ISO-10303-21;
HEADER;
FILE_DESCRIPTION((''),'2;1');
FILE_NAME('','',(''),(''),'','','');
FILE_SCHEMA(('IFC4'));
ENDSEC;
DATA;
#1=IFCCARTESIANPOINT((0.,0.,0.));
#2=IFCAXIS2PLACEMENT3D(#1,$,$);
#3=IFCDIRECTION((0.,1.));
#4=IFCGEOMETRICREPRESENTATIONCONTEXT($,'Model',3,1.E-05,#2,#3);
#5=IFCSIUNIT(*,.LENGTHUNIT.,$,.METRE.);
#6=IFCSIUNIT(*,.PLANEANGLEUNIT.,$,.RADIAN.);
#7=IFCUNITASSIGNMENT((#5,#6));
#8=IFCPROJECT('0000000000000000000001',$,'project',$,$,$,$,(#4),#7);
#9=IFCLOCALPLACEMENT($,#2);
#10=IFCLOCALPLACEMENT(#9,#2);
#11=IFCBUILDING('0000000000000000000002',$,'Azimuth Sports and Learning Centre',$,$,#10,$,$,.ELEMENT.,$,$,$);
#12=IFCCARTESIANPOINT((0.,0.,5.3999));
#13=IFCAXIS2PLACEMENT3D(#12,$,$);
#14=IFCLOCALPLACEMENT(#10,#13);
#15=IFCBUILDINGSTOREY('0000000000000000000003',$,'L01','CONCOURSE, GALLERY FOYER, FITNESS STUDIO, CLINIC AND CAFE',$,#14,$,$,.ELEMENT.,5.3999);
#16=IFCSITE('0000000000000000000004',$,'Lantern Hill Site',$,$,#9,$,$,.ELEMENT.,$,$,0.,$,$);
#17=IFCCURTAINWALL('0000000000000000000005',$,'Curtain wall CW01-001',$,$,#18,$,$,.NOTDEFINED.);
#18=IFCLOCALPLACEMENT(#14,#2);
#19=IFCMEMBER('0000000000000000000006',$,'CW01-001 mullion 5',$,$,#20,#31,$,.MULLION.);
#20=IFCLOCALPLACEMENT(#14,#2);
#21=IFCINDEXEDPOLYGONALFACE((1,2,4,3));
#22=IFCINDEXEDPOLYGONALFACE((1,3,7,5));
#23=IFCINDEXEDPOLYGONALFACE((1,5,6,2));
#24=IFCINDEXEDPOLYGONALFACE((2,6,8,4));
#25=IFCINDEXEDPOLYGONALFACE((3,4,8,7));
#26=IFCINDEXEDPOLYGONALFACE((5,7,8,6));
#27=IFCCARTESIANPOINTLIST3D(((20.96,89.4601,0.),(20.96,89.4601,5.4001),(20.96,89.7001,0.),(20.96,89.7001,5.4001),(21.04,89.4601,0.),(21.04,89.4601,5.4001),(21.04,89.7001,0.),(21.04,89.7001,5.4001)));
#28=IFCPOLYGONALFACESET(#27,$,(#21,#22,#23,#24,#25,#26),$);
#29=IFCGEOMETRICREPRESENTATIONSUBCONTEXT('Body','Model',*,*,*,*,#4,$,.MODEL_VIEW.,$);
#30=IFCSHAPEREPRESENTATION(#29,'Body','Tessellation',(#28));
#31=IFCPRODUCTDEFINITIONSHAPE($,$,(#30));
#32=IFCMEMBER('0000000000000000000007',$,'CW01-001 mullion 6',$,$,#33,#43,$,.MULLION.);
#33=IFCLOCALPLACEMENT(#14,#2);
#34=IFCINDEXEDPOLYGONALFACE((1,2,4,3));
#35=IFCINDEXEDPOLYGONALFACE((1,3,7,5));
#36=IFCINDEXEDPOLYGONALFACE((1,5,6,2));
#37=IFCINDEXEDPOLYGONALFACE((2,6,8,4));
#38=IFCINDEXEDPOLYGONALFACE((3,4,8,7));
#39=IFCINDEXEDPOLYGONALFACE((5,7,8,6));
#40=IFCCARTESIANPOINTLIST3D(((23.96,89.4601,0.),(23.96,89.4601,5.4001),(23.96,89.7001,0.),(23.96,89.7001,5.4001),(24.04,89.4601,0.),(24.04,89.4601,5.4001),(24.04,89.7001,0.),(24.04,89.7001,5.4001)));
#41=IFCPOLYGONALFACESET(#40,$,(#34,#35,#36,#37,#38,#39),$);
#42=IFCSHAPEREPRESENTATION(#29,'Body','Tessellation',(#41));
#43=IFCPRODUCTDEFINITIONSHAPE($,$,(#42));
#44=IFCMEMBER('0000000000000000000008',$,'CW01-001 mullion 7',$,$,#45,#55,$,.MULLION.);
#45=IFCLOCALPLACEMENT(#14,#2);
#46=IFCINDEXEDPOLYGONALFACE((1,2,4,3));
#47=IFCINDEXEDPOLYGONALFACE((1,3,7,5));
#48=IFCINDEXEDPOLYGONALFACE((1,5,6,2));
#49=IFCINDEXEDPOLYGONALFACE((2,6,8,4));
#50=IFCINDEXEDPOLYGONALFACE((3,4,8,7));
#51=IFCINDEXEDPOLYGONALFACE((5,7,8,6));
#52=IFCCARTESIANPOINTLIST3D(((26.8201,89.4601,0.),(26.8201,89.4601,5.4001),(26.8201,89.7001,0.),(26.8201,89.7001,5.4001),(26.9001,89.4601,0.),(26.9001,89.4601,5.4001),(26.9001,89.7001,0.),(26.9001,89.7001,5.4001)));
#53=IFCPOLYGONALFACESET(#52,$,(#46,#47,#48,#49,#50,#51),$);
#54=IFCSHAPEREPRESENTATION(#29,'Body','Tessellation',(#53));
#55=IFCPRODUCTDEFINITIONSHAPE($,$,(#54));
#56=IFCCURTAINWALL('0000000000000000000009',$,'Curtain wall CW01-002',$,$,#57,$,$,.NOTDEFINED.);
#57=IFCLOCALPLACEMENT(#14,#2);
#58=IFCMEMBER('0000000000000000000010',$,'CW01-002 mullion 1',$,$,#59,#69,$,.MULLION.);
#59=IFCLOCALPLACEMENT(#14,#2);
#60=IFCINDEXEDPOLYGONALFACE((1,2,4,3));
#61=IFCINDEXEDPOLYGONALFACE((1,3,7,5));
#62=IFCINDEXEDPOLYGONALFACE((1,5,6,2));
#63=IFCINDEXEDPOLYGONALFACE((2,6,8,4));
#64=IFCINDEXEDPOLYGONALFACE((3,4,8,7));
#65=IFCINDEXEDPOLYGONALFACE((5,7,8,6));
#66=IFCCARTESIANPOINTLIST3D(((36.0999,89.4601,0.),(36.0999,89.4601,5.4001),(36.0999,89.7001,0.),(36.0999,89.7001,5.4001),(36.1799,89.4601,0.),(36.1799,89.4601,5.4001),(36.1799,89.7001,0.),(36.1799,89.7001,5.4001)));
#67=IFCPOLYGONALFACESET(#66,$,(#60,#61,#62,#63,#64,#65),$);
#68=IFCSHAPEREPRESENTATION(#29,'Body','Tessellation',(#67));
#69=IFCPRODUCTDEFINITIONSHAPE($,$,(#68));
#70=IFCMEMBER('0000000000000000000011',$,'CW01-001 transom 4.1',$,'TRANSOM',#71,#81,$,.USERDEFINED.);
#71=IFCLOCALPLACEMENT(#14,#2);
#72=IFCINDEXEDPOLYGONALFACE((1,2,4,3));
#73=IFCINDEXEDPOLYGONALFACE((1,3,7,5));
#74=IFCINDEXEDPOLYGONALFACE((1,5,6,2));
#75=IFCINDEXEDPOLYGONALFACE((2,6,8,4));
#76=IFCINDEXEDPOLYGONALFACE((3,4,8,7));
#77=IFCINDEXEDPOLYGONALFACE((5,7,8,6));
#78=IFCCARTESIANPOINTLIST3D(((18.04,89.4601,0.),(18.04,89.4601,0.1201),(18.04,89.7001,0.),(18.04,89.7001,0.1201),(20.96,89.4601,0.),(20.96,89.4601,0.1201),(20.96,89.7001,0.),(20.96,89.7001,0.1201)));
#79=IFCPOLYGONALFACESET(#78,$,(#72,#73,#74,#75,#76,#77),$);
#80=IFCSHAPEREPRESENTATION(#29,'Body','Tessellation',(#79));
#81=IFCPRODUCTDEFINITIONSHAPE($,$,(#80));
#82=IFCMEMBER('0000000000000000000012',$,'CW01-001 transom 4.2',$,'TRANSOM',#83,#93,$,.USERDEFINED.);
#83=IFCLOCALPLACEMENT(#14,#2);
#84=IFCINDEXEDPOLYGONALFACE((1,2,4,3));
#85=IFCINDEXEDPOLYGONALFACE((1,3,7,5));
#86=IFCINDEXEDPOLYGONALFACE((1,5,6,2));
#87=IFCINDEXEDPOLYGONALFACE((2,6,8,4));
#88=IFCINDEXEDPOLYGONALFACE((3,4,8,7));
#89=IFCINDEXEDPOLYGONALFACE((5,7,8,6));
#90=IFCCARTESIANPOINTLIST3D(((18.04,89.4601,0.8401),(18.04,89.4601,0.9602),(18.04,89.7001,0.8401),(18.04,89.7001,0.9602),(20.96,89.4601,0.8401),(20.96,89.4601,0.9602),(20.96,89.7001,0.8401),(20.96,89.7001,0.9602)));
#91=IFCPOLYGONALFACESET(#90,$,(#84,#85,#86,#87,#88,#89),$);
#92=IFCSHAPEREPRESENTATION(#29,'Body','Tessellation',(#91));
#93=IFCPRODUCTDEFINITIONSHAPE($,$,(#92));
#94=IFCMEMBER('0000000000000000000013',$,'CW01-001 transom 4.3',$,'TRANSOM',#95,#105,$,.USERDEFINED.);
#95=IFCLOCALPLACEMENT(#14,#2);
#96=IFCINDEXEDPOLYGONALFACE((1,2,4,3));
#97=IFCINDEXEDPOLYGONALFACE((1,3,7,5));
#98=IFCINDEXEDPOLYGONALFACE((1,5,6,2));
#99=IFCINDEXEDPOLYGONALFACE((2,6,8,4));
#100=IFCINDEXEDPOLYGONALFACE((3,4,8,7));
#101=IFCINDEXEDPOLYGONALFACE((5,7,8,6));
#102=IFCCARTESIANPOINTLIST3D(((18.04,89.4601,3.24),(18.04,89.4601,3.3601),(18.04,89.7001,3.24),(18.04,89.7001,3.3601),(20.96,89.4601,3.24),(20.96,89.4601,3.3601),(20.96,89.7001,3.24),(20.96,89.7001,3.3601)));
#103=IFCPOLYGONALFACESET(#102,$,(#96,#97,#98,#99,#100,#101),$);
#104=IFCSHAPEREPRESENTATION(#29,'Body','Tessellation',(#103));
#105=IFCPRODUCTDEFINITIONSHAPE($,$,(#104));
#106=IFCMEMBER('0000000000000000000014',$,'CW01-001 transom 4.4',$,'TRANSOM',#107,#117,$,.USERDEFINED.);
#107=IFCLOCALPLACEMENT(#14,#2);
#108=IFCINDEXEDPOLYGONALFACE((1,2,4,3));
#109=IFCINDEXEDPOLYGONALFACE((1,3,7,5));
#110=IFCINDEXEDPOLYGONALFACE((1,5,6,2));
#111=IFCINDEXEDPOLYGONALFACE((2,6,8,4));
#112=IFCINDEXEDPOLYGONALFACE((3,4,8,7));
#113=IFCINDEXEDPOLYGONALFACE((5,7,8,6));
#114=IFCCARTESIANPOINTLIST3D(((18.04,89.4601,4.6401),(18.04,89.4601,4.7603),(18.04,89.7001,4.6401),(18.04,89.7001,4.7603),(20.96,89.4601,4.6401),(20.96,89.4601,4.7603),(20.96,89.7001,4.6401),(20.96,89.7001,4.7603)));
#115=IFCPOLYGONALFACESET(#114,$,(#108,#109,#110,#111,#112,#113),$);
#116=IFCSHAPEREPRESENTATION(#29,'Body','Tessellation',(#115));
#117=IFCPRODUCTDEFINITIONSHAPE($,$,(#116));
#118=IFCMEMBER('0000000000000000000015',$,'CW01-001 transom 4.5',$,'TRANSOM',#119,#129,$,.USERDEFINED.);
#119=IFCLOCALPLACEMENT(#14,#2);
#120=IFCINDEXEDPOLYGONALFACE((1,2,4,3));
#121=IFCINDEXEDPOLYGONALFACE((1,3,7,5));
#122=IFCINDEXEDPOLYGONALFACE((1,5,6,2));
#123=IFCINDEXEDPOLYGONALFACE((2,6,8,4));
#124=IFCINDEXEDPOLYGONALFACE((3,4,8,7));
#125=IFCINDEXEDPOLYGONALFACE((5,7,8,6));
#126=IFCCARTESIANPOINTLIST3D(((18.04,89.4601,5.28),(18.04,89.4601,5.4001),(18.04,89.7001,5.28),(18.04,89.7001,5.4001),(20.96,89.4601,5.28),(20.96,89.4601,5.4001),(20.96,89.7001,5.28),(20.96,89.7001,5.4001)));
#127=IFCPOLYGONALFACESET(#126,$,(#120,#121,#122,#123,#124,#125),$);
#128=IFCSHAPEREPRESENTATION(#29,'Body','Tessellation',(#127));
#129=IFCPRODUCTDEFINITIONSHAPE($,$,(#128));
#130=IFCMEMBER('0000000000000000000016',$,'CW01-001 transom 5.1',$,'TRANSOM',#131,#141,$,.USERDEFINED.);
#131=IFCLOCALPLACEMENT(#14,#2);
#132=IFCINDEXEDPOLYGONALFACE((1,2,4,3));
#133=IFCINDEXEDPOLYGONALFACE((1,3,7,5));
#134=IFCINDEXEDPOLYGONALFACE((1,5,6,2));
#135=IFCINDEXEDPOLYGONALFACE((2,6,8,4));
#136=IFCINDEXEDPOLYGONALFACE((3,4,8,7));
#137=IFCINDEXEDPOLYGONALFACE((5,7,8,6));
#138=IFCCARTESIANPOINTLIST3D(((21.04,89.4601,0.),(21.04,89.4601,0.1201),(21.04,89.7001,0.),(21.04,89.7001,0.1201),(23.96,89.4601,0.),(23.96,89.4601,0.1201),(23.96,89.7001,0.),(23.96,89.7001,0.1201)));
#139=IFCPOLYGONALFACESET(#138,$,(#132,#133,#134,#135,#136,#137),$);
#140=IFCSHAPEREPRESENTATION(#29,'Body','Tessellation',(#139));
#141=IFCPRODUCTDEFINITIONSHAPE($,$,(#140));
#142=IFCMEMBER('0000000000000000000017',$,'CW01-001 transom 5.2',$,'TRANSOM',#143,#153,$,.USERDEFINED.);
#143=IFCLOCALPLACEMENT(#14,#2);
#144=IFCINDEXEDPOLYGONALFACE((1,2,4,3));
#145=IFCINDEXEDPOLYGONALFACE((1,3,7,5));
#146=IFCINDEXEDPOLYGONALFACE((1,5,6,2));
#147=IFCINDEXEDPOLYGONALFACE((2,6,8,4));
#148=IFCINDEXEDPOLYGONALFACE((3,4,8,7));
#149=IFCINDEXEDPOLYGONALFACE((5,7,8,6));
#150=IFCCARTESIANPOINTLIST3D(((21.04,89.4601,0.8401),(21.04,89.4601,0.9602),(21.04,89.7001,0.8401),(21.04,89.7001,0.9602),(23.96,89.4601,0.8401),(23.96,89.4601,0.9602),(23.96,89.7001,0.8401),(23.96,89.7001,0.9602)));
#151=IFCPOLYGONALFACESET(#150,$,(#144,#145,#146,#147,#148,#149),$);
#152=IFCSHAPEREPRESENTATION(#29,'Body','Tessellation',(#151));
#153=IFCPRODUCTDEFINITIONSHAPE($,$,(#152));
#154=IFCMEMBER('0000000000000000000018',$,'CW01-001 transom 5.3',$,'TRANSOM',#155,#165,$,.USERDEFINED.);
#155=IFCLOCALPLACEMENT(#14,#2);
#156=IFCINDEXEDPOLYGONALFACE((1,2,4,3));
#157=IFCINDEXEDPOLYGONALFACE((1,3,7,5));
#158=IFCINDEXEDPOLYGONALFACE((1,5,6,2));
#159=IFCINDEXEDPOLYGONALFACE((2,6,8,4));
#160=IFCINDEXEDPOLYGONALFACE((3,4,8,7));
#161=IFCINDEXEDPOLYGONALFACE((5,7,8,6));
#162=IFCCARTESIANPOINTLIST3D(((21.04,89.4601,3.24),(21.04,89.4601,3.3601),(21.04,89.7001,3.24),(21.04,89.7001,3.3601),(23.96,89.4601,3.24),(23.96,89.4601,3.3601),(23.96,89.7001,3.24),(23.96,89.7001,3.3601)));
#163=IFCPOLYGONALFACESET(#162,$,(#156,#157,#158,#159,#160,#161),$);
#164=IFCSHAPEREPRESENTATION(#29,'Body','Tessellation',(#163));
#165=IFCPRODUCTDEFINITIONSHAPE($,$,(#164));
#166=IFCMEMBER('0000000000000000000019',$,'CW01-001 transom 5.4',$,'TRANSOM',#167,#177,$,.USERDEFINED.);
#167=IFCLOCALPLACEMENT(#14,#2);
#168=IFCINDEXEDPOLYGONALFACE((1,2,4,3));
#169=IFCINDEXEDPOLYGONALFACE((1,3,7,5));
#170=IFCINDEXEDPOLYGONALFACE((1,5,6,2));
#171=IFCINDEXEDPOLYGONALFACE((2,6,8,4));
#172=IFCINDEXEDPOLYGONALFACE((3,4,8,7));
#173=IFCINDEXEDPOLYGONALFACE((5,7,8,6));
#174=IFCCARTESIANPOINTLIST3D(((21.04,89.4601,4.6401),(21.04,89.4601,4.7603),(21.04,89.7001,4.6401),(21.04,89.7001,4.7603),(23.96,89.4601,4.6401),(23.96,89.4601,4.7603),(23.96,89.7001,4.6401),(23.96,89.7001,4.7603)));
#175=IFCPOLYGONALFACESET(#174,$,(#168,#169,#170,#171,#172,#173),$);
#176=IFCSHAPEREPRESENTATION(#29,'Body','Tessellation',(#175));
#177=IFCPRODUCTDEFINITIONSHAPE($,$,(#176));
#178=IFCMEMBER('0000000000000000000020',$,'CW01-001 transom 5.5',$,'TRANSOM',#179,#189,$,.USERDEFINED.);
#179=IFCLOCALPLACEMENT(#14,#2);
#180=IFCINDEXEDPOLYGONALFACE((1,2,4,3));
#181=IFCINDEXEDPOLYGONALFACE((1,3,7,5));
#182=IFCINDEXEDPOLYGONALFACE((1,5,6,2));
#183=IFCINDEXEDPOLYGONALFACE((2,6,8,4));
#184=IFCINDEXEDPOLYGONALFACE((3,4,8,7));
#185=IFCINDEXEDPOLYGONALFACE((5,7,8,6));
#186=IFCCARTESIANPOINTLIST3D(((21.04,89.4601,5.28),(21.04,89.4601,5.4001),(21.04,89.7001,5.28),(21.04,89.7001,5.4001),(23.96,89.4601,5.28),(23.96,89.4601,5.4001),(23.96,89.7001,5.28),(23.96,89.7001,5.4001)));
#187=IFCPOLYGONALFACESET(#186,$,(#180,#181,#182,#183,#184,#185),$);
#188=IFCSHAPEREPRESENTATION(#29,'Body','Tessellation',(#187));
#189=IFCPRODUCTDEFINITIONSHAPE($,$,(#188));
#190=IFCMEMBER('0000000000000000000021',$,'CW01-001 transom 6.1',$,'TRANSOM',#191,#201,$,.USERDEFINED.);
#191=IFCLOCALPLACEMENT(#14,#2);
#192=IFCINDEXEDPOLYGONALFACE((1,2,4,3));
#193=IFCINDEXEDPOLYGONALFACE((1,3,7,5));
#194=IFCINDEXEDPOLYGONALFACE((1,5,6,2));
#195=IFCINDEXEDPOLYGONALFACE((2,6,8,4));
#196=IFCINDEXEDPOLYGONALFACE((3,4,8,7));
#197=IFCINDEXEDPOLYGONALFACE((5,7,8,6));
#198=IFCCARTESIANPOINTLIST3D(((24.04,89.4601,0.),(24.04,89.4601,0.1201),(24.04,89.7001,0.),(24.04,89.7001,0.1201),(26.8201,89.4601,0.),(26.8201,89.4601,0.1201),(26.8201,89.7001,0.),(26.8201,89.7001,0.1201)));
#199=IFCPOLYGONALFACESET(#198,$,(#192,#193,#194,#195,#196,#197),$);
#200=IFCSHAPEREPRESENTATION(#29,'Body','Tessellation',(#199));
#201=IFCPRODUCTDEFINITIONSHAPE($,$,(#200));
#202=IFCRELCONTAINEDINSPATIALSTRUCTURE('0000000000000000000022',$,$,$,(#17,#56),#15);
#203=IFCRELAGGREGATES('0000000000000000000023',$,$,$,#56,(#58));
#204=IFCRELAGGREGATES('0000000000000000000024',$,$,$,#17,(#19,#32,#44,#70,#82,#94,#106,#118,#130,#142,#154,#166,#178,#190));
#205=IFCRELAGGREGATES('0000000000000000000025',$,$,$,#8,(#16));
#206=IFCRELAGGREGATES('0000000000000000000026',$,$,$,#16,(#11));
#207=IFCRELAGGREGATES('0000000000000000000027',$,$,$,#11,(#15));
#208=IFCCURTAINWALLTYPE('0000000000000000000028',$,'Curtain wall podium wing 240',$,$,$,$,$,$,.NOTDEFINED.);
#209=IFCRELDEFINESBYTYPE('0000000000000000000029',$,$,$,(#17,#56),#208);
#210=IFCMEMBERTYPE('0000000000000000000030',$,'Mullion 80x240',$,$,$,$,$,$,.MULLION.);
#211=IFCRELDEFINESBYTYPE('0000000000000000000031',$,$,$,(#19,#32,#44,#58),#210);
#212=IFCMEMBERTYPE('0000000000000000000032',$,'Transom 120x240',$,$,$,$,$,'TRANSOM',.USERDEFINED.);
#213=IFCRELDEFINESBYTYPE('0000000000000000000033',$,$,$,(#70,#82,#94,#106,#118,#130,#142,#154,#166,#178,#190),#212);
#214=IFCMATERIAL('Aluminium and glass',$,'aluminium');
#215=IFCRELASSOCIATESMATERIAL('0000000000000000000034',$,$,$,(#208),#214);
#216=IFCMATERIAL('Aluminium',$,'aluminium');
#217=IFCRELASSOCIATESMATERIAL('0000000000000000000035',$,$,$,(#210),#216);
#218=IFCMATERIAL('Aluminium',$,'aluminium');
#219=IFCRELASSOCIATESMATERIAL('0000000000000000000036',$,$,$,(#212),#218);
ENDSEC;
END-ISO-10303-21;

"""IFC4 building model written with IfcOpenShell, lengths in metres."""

from ifc_helpers import new_model, si_unit, direction, frame, origin, origin_2d, place, context, subcontext, project, spatial, rectangle, extrude, material, material_profile, profile_set, type_object, element, aggregate, save


model = new_model("IFC4")

# Units and contexts
model_context = context("Model", 3, precision=1e-05, world=origin(), true_north=direction((0.0, 1.0)))
body_context = subcontext(model_context, "Body", "Model", "MODEL_VIEW")
ifc_project = project(units=[si_unit("LENGTHUNIT", "METRE"), si_unit("PLANEANGLEUNIT", "RADIAN")], contexts=[model_context])

# Site, building, storey
site_placement = place(None, origin())
site = spatial("IfcSite", under=ifc_project, at=site_placement, Name="Lantern Hill Site", CompositionType="ELEMENT", RefElevation=0.0)
building_placement = place(site_placement, origin())
building = spatial("IfcBuilding", under=site, at=building_placement, Name="Azimuth Sports and Learning Centre", CompositionType="ELEMENT")
storey_placement = place(building_placement, frame((0.0, 0.0, 5.3999)))
storey = spatial("IfcBuildingStorey", under=building, at=storey_placement, Name="L01", Description="CONCOURSE, GALLERY FOYER, FITNESS STUDIO, CLINIC AND CAFE", CompositionType="ELEMENT", Elevation=5.3999)

# Curtain wall, members
ifc_material_1 = material(Name="Aluminium and glass", Category="aluminium")
curtain_wall_type = type_object("IfcCurtainWallType", Name="Curtain wall podium wing 240", PredefinedType="NOTDEFINED", material=ifc_material_1)
curtain_wall_1_placement = place(storey_placement, origin())
curtain_wall_1 = element("IfcCurtainWall", 1, at=curtain_wall_1_placement, inside=storey, type_object=curtain_wall_type, Name="Curtain wall CW01-001", PredefinedType="NOTDEFINED")
ifc_material_2 = material(Name="Aluminium", Category="aluminium")
ifc_material_profile_1 = material_profile(ifc_material_2, rectangle(XDim=0.24, YDim=0.0801, at=origin_2d()), Name="Mullion 80x240")
ifc_profile_set_1 = profile_set([ifc_material_profile_1], Name="Aluminium")
member_type_1 = type_object("IfcMemberType", Name="Mullion 80x240", PredefinedType="MULLION", material=ifc_profile_set_1)
member_1_placement = place(storey_placement, frame((21.0, 89.5801, 0.0), z_axis=(0.0, 0.0, 1.0), x_axis=(0.0, 1.0, 0.0)))
member_1 = element("IfcMember", 2, at=member_1_placement, type_object=member_type_1, Name="CW01-001 mullion 5", PredefinedType="MULLION", context=body_context, shape_type="SweptSolid", body=[
    extrude(rectangle(XDim=0.24, YDim=0.0801, at=origin_2d()), origin(), (0.0, 0.0, 1.0), 5.4001),
])
member_2_placement = place(storey_placement, frame((24.0, 89.5801, 0.0), z_axis=(0.0, 0.0, 1.0), x_axis=(0.0, 1.0, 0.0)))
member_2 = element("IfcMember", 3, at=member_2_placement, type_object=member_type_1, Name="CW01-001 mullion 6", PredefinedType="MULLION", context=body_context, shape_type="SweptSolid", body=[
    extrude(rectangle(XDim=0.24, YDim=0.0801, at=origin_2d()), origin(), (0.0, 0.0, 1.0), 5.4001),
])
member_3_placement = place(storey_placement, frame((26.8601, 89.5801, 0.0), z_axis=(0.0, 0.0, 1.0), x_axis=(0.0, 1.0, 0.0)))
member_3 = element("IfcMember", 4, at=member_3_placement, type_object=member_type_1, Name="CW01-001 mullion 7", PredefinedType="MULLION", context=body_context, shape_type="SweptSolid", body=[
    extrude(rectangle(XDim=0.24, YDim=0.0801, at=origin_2d()), origin(), (0.0, 0.0, 1.0), 5.4001),
])

# Curtain wall, member
curtain_wall_2_placement = place(storey_placement, origin())
curtain_wall_2 = element("IfcCurtainWall", 5, at=curtain_wall_2_placement, inside=storey, type_object=curtain_wall_type, Name="Curtain wall CW01-002", PredefinedType="NOTDEFINED")
member_4_placement = place(storey_placement, frame((36.1399, 89.5801, 0.0), z_axis=(0.0, 0.0, 1.0), x_axis=(0.0, 1.0, 0.0)))
member_4 = element("IfcMember", 6, at=member_4_placement, type_object=member_type_1, Name="CW01-002 mullion 1", PredefinedType="MULLION", context=body_context, shape_type="SweptSolid", body=[
    extrude(rectangle(XDim=0.24, YDim=0.0801, at=origin_2d()), origin(), (0.0, 0.0, 1.0), 5.4001),
])
aggregate(curtain_wall_2, [member_4])

# Members
ifc_material_3 = material(Name="Aluminium", Category="aluminium")
ifc_material_profile_2 = material_profile(ifc_material_3, rectangle(XDim=0.24, YDim=0.1201, at=origin_2d()), Name="Transom 120x240")
ifc_profile_set_2 = profile_set([ifc_material_profile_2], Name="Aluminium")
member_type_2 = type_object("IfcMemberType", Name="Transom 120x240", ElementType="TRANSOM", PredefinedType="USERDEFINED", material=ifc_profile_set_2)
member_5_placement = place(storey_placement, frame((18.04, 89.5801, 0.0601), z_axis=(1.0, 0.0, 0.0), x_axis=(0.0, 1.0, 0.0)))
member_5 = element("IfcMember", 7, at=member_5_placement, type_object=member_type_2, Name="CW01-001 transom 4.1", ObjectType="TRANSOM", PredefinedType="USERDEFINED", context=body_context, shape_type="SweptSolid", body=[
    extrude(rectangle(XDim=0.24, YDim=0.1201, at=origin_2d()), origin(), (0.0, 0.0, 1.0), 2.9199),
])
member_6_placement = place(storey_placement, frame((18.04, 89.5801, 0.9001), z_axis=(1.0, 0.0, 0.0), x_axis=(0.0, 1.0, 0.0)))
member_6 = element("IfcMember", 8, at=member_6_placement, type_object=member_type_2, Name="CW01-001 transom 4.2", ObjectType="TRANSOM", PredefinedType="USERDEFINED", context=body_context, shape_type="SweptSolid", body=[
    extrude(rectangle(XDim=0.24, YDim=0.1201, at=origin_2d()), origin(), (0.0, 0.0, 1.0), 2.9199),
])
member_7_placement = place(storey_placement, frame((18.04, 89.5801, 3.3), z_axis=(1.0, 0.0, 0.0), x_axis=(0.0, 1.0, 0.0)))
member_7 = element("IfcMember", 9, at=member_7_placement, type_object=member_type_2, Name="CW01-001 transom 4.3", ObjectType="TRANSOM", PredefinedType="USERDEFINED", context=body_context, shape_type="SweptSolid", body=[
    extrude(rectangle(XDim=0.24, YDim=0.1201, at=origin_2d()), origin(), (0.0, 0.0, 1.0), 2.9199),
])
member_8_placement = place(storey_placement, frame((18.04, 89.5801, 4.7002), z_axis=(1.0, 0.0, 0.0), x_axis=(0.0, 1.0, 0.0)))
member_8 = element("IfcMember", 10, at=member_8_placement, type_object=member_type_2, Name="CW01-001 transom 4.4", ObjectType="TRANSOM", PredefinedType="USERDEFINED", context=body_context, shape_type="SweptSolid", body=[
    extrude(rectangle(XDim=0.24, YDim=0.1201, at=origin_2d()), origin(), (0.0, 0.0, 1.0), 2.9199),
])
member_9_placement = place(storey_placement, frame((18.04, 89.5801, 5.3401), z_axis=(1.0, 0.0, 0.0), x_axis=(0.0, 1.0, 0.0)))
member_9 = element("IfcMember", 11, at=member_9_placement, type_object=member_type_2, Name="CW01-001 transom 4.5", ObjectType="TRANSOM", PredefinedType="USERDEFINED", context=body_context, shape_type="SweptSolid", body=[
    extrude(rectangle(XDim=0.24, YDim=0.1201, at=origin_2d()), origin(), (0.0, 0.0, 1.0), 2.9199),
])
member_10_placement = place(storey_placement, frame((21.04, 89.5801, 0.0601), z_axis=(1.0, 0.0, 0.0), x_axis=(0.0, 1.0, 0.0)))
member_10 = element("IfcMember", 12, at=member_10_placement, type_object=member_type_2, Name="CW01-001 transom 5.1", ObjectType="TRANSOM", PredefinedType="USERDEFINED", context=body_context, shape_type="SweptSolid", body=[
    extrude(rectangle(XDim=0.24, YDim=0.1201, at=origin_2d()), origin(), (0.0, 0.0, 1.0), 2.9199),
])
member_11_placement = place(storey_placement, frame((21.04, 89.5801, 0.9001), z_axis=(1.0, 0.0, 0.0), x_axis=(0.0, 1.0, 0.0)))
member_11 = element("IfcMember", 13, at=member_11_placement, type_object=member_type_2, Name="CW01-001 transom 5.2", ObjectType="TRANSOM", PredefinedType="USERDEFINED", context=body_context, shape_type="SweptSolid", body=[
    extrude(rectangle(XDim=0.24, YDim=0.1201, at=origin_2d()), origin(), (0.0, 0.0, 1.0), 2.9199),
])
member_12_placement = place(storey_placement, frame((21.04, 89.5801, 3.3), z_axis=(1.0, 0.0, 0.0), x_axis=(0.0, 1.0, 0.0)))
member_12 = element("IfcMember", 14, at=member_12_placement, type_object=member_type_2, Name="CW01-001 transom 5.3", ObjectType="TRANSOM", PredefinedType="USERDEFINED", context=body_context, shape_type="SweptSolid", body=[
    extrude(rectangle(XDim=0.24, YDim=0.1201, at=origin_2d()), origin(), (0.0, 0.0, 1.0), 2.9199),
])
member_13_placement = place(storey_placement, frame((21.04, 89.5801, 4.7002), z_axis=(1.0, 0.0, 0.0), x_axis=(0.0, 1.0, 0.0)))
member_13 = element("IfcMember", 15, at=member_13_placement, type_object=member_type_2, Name="CW01-001 transom 5.4", ObjectType="TRANSOM", PredefinedType="USERDEFINED", context=body_context, shape_type="SweptSolid", body=[
    extrude(rectangle(XDim=0.24, YDim=0.1201, at=origin_2d()), origin(), (0.0, 0.0, 1.0), 2.9199),
])
member_14_placement = place(storey_placement, frame((21.04, 89.5801, 5.3401), z_axis=(1.0, 0.0, 0.0), x_axis=(0.0, 1.0, 0.0)))
member_14 = element("IfcMember", 16, at=member_14_placement, type_object=member_type_2, Name="CW01-001 transom 5.5", ObjectType="TRANSOM", PredefinedType="USERDEFINED", context=body_context, shape_type="SweptSolid", body=[
    extrude(rectangle(XDim=0.24, YDim=0.1201, at=origin_2d()), origin(), (0.0, 0.0, 1.0), 2.9199),
])
member_15_placement = place(storey_placement, frame((24.04, 89.5801, 0.0601), z_axis=(1.0, 0.0, 0.0), x_axis=(0.0, 1.0, 0.0)))
member_15 = element("IfcMember", 17, at=member_15_placement, type_object=member_type_2, Name="CW01-001 transom 6.1", ObjectType="TRANSOM", PredefinedType="USERDEFINED", context=body_context, shape_type="SweptSolid", body=[
    extrude(rectangle(XDim=0.24, YDim=0.1201, at=origin_2d()), origin(), (0.0, 0.0, 1.0), 2.78),
])

aggregate(curtain_wall_1, [member_1, member_2, member_3, member_5, member_6, member_7, member_8, member_9, member_10, member_11, member_12, member_13, member_14, member_15])

save(model, "model.ifc")
